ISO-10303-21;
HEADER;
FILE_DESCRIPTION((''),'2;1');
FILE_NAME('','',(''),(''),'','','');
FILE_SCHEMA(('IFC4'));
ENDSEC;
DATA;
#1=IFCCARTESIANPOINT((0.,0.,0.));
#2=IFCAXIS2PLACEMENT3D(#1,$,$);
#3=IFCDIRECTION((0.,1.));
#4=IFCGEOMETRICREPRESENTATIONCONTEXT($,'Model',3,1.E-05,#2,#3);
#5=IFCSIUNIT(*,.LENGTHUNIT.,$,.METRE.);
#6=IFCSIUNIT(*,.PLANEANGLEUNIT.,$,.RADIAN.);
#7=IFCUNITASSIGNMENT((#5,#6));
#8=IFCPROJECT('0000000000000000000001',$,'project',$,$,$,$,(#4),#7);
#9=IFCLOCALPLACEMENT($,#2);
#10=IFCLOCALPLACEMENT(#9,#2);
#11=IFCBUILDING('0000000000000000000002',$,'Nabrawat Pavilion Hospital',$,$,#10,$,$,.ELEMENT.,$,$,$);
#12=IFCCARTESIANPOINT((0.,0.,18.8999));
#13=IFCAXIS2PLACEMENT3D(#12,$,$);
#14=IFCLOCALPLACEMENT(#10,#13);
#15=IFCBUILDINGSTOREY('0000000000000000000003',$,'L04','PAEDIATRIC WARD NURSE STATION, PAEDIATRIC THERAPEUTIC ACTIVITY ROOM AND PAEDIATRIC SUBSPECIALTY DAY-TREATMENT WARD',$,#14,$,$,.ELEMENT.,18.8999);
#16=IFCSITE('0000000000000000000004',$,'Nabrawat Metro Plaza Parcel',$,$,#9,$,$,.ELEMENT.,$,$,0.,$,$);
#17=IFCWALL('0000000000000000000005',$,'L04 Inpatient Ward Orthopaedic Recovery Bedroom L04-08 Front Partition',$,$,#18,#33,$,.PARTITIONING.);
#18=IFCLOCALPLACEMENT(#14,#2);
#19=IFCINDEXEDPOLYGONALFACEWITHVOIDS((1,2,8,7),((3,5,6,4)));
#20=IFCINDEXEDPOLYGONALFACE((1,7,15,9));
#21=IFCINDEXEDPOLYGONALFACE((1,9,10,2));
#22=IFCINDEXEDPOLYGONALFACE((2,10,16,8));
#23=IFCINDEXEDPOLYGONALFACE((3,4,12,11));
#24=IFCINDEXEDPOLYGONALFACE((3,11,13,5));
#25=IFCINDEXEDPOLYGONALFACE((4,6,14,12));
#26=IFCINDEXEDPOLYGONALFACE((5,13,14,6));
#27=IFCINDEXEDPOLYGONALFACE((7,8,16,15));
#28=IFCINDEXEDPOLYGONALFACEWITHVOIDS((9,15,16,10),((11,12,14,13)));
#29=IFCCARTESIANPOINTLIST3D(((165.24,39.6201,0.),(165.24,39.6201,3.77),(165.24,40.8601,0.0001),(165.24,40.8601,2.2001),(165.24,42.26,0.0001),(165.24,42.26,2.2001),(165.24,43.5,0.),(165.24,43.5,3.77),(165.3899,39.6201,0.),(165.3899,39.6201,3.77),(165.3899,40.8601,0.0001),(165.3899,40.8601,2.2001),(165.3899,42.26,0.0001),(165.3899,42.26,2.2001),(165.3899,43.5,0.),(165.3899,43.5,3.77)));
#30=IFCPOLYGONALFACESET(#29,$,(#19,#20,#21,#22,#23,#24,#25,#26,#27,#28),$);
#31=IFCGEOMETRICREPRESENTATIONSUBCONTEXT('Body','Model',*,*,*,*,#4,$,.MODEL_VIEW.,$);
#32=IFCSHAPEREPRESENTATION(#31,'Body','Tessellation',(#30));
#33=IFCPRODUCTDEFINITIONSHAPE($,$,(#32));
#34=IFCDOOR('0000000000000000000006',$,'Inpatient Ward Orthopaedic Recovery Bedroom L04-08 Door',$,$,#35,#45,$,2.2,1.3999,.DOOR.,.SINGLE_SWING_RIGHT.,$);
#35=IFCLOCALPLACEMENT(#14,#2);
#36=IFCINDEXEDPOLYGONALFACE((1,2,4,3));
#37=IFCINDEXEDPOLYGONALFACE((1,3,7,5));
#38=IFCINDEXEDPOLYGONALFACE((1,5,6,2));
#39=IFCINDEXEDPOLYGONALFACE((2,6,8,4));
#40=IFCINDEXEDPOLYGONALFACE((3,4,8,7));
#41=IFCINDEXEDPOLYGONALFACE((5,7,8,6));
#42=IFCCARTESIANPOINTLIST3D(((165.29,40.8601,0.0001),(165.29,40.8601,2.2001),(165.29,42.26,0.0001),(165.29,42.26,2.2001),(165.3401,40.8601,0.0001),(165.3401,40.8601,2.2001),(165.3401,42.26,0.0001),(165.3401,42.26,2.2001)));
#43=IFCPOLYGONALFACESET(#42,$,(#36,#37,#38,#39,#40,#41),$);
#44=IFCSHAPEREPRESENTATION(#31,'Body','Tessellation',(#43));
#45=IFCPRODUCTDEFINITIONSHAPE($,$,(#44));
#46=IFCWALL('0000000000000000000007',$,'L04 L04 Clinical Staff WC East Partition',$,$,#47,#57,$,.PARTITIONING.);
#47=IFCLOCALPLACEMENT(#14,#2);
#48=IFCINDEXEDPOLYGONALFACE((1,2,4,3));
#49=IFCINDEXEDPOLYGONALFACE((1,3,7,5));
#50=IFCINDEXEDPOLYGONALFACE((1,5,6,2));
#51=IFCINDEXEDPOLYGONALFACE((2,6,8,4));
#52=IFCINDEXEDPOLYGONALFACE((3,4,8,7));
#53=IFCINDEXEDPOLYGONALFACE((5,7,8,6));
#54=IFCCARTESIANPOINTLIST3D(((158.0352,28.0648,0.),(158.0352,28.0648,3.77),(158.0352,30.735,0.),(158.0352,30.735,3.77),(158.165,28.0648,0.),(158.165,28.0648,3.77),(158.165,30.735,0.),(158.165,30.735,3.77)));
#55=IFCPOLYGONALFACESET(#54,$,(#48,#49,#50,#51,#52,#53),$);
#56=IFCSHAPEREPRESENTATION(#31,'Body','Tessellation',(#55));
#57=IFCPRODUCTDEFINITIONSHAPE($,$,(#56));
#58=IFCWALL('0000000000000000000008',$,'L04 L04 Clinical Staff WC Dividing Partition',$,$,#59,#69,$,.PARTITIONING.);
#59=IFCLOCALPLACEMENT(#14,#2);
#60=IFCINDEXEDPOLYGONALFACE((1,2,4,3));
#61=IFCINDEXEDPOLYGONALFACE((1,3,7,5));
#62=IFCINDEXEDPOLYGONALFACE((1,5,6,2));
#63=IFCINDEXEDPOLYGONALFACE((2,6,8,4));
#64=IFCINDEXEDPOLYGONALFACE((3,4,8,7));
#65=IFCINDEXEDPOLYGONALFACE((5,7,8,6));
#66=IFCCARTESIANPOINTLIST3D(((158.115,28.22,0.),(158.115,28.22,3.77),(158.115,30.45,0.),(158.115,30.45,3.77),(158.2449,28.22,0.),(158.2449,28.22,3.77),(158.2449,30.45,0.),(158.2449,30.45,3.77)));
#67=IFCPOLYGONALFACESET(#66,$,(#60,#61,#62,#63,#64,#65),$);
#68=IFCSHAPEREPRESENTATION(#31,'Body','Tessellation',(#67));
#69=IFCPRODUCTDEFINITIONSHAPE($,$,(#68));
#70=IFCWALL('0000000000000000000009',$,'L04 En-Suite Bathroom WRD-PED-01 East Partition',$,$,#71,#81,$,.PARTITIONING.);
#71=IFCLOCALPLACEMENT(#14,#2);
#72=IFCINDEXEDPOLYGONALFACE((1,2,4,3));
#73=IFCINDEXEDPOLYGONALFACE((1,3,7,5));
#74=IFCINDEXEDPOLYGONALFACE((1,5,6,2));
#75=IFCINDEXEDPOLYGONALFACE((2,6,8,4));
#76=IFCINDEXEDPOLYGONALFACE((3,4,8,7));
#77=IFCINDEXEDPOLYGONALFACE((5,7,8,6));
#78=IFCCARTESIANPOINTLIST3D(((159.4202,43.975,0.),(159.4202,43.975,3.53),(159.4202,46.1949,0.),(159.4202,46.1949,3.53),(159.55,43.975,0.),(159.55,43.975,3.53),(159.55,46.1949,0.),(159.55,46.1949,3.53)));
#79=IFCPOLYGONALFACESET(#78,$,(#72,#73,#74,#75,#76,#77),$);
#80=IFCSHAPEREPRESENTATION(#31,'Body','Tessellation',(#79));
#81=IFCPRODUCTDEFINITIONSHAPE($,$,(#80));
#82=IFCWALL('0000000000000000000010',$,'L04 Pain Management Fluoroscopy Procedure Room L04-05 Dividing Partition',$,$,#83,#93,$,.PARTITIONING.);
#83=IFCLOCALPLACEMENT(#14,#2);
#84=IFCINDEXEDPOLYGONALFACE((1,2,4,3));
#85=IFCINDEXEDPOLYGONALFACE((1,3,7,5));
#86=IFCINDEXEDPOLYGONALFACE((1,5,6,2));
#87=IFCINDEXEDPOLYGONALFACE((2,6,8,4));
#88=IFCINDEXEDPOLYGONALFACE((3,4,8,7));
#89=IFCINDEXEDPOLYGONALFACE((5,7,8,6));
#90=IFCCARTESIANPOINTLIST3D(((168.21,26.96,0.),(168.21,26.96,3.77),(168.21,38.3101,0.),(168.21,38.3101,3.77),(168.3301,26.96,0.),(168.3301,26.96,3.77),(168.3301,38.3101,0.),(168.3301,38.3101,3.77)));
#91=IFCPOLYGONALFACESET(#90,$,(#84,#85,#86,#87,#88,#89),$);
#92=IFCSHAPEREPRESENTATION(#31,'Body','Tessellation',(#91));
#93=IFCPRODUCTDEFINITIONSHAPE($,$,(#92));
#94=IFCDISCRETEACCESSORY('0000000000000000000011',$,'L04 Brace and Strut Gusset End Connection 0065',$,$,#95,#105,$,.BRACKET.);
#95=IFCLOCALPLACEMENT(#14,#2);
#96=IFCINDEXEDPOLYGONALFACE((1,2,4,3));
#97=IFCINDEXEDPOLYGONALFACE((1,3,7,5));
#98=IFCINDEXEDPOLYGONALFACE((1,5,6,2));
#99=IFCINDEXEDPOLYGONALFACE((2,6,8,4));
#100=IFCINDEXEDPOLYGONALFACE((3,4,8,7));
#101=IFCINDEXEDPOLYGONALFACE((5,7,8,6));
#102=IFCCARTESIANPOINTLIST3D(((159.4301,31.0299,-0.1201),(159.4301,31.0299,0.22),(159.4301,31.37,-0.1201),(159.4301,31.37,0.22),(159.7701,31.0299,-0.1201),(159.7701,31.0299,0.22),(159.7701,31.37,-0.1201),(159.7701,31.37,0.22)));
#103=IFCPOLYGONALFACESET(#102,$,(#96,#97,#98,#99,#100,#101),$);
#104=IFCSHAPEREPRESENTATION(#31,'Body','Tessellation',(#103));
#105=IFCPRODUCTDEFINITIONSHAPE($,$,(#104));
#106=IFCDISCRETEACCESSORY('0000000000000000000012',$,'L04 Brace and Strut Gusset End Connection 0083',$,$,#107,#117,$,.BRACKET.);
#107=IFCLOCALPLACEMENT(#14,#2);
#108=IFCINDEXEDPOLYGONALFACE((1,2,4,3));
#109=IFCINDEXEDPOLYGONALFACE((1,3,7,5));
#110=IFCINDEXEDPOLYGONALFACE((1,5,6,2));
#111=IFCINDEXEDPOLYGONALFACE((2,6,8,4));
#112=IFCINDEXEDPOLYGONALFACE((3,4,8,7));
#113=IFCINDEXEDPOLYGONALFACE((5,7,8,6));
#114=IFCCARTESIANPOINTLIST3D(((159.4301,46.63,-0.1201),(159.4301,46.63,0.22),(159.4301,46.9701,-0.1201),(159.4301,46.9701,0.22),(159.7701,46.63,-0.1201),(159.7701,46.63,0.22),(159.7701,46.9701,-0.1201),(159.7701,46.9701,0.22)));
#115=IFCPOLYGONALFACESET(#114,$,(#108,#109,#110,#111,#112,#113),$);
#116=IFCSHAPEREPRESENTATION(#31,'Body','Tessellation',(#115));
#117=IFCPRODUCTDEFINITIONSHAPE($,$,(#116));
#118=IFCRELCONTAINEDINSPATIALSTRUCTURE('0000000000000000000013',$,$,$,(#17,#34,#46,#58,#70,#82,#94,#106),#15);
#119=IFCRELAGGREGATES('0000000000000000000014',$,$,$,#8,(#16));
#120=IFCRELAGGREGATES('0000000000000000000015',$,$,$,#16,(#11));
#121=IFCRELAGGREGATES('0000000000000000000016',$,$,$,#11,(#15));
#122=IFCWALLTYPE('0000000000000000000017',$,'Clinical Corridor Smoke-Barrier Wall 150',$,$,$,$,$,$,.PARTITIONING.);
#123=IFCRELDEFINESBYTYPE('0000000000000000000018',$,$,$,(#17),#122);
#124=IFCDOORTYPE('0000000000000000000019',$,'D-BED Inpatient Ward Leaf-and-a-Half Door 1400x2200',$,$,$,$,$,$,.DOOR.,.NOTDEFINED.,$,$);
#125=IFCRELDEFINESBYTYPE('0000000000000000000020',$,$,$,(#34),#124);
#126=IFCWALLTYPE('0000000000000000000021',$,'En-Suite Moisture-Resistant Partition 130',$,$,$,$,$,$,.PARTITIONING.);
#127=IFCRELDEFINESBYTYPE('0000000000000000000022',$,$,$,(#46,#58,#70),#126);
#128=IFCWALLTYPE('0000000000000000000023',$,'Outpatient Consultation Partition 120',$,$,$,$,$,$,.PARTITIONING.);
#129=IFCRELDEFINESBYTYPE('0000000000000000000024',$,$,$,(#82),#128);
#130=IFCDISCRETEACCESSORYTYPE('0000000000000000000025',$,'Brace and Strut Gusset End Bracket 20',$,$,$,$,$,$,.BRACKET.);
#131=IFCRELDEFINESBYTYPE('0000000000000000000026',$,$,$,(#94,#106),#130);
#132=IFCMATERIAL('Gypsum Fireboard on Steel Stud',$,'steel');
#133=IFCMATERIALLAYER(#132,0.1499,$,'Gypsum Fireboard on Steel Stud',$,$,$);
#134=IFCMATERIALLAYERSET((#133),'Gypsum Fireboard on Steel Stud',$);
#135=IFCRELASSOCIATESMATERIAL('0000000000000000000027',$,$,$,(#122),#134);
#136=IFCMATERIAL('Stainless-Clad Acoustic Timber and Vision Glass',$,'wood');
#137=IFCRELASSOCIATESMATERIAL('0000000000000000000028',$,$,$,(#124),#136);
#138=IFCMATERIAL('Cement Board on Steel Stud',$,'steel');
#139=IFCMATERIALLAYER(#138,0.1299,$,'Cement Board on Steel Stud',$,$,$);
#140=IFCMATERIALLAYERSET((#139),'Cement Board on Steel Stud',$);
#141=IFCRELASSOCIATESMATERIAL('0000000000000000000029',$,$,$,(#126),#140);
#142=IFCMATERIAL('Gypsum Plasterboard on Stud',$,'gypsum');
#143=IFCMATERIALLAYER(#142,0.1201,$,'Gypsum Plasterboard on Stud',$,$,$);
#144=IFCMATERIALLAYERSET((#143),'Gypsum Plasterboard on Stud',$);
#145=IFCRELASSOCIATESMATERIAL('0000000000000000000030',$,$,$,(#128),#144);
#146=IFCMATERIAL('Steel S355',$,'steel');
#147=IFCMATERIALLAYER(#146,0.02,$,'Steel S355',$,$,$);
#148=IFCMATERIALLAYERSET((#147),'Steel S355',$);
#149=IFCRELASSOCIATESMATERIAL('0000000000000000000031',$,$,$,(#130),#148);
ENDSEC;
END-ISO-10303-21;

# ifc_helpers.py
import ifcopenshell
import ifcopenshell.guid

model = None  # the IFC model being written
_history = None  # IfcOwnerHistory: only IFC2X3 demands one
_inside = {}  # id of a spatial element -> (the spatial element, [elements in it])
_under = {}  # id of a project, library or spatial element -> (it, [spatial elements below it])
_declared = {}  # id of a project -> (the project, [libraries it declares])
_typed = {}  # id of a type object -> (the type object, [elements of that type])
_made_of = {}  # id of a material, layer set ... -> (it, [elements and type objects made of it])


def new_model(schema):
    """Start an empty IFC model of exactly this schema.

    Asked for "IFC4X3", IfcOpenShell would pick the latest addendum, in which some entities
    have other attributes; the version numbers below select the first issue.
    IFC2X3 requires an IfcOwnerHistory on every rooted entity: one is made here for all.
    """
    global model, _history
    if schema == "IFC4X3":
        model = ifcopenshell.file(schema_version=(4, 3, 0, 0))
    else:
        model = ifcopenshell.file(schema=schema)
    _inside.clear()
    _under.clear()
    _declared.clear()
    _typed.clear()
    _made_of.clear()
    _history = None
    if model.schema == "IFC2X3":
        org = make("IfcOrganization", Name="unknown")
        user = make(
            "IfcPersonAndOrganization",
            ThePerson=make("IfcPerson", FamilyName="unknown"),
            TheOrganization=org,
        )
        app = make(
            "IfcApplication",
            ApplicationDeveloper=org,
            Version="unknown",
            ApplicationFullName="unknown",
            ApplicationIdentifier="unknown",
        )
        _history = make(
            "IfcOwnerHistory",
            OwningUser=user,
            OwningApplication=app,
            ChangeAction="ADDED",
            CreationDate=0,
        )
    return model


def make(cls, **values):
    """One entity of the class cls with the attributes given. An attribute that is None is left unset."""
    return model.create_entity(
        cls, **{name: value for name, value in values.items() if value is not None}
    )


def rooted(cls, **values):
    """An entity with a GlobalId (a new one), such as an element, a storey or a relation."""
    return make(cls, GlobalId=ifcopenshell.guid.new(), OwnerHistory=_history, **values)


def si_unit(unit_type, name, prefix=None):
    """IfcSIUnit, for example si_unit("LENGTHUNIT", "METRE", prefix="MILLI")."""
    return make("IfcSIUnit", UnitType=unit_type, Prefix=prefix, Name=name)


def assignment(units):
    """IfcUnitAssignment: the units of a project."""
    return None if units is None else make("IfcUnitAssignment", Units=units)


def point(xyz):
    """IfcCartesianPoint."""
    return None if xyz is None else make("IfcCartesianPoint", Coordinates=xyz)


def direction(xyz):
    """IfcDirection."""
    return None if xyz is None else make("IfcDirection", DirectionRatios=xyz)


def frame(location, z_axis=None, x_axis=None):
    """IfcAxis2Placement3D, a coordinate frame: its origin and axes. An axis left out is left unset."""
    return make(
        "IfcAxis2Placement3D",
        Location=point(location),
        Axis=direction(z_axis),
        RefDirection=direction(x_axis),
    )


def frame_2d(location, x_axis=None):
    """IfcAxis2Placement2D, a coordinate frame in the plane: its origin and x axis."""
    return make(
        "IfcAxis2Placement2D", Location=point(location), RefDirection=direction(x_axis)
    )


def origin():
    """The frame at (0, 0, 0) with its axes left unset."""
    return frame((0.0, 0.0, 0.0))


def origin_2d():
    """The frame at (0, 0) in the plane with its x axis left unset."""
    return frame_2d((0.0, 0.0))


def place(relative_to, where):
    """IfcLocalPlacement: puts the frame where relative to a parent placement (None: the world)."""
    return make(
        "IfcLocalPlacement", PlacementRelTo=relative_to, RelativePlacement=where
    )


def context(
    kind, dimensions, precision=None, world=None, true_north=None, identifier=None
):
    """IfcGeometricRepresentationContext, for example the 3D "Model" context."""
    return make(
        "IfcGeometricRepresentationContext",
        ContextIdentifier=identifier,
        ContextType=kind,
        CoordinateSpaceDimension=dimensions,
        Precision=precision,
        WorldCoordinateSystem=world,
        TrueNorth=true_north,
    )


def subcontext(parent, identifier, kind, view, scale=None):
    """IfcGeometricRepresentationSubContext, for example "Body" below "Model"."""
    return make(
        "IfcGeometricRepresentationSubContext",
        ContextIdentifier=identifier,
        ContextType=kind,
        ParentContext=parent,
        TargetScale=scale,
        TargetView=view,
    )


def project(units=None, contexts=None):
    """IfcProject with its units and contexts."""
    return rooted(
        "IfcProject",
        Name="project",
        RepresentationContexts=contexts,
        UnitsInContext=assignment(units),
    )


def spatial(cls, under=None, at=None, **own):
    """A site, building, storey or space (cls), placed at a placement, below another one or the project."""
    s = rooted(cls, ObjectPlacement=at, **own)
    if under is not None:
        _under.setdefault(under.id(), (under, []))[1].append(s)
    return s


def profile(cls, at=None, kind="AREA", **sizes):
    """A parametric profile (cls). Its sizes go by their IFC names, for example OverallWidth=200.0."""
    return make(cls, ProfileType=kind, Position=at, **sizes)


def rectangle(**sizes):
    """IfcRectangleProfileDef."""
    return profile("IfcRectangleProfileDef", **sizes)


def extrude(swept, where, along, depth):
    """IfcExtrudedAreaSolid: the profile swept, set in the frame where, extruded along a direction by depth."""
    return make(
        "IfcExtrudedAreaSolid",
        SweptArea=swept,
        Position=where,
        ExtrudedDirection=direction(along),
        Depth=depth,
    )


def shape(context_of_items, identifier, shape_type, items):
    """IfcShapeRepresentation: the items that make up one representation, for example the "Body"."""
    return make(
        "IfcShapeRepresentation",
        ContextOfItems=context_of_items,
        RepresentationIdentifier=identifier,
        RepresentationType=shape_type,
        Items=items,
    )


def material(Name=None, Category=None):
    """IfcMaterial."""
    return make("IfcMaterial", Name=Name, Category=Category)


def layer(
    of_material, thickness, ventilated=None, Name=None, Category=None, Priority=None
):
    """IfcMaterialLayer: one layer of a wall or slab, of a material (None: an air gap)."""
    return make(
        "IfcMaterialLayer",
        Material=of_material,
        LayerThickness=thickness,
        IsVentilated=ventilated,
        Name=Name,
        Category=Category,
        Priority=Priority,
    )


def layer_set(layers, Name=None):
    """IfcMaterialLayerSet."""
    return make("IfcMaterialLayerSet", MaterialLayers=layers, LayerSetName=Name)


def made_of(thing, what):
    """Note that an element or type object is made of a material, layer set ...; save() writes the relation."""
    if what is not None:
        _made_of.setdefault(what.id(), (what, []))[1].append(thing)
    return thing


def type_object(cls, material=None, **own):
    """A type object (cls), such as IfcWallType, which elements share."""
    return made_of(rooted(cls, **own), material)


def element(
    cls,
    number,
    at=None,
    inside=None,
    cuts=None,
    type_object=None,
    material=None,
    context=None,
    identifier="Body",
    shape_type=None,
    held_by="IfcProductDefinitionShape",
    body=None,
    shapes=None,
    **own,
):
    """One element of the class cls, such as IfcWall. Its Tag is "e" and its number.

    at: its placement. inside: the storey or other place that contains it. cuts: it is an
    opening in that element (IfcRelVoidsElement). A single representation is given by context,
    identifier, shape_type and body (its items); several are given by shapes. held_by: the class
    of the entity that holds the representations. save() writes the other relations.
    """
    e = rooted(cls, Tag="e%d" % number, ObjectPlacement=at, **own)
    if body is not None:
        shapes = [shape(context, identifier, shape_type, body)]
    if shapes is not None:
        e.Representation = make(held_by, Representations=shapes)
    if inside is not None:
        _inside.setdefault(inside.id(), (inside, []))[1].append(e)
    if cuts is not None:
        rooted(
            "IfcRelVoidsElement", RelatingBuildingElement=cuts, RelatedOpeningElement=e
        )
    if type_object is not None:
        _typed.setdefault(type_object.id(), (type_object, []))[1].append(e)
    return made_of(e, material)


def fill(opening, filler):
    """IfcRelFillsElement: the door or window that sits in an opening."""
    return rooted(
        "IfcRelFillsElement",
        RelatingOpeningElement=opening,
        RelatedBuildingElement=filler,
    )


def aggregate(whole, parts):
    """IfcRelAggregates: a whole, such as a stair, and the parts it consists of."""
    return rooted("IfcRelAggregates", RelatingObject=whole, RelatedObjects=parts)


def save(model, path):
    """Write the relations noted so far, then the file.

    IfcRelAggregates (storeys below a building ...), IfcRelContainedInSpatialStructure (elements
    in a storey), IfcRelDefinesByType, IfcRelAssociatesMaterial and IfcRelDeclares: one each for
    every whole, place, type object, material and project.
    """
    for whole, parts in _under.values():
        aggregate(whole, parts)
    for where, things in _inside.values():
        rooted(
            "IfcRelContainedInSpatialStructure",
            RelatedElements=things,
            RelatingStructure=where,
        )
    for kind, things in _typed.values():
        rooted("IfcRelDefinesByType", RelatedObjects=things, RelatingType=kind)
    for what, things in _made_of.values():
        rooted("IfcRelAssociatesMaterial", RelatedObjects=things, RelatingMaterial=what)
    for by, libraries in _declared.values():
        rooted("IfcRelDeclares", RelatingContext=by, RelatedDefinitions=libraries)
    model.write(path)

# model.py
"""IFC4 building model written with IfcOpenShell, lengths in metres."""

from ifc_helpers import new_model, si_unit, direction, frame, frame_2d, origin, origin_2d, place, context, subcontext, project, spatial, rectangle, extrude, material, layer, layer_set, type_object, element, fill, save


model = new_model("IFC4")

# Units and contexts
model_context = context("Model", 3, precision=1e-05, world=origin(), true_north=direction((0.0, 1.0)))
body_context = subcontext(model_context, "Body", "Model", "MODEL_VIEW")
ifc_project = project(units=[si_unit("LENGTHUNIT", "METRE"), si_unit("PLANEANGLEUNIT", "RADIAN")], contexts=[model_context])

# Site, building, storey
site_placement = place(None, origin())
site = spatial("IfcSite", under=ifc_project, at=site_placement, Name="Nabrawat Metro Plaza Parcel", CompositionType="ELEMENT", RefElevation=0.0)
building_placement = place(site_placement, origin())
building = spatial("IfcBuilding", under=site, at=building_placement, Name="Nabrawat Pavilion Hospital", CompositionType="ELEMENT")
storey_placement = place(building_placement, frame((0.0, 0.0, 18.8999)))
storey = spatial("IfcBuildingStorey", under=building, at=storey_placement, Name="L04", Description="PAEDIATRIC WARD NURSE STATION, PAEDIATRIC THERAPEUTIC ACTIVITY ROOM AND PAEDIATRIC SUBSPECIALTY DAY-TREATMENT WARD", CompositionType="ELEMENT", Elevation=18.8999)

# Shared definitions
ifc_material_1 = material(Name="Steel S355", Category="steel")

# Wall, opening, door
ifc_material_2 = material(Name="Gypsum Fireboard on Steel Stud", Category="steel")
ifc_layer_1 = layer(ifc_material_2, 0.1499, Name="Gypsum Fireboard on Steel Stud")
ifc_layer_set_1 = layer_set([ifc_layer_1], Name="Gypsum Fireboard on Steel Stud")
wall_type_1 = type_object("IfcWallType", Name="Clinical Corridor Smoke-Barrier Wall 150", PredefinedType="PARTITIONING", material=ifc_layer_set_1)
ifc_material_3 = material(Name="Stainless-Clad Acoustic Timber and Vision Glass", Category="wood")
door_type_1 = type_object("IfcDoorType", Name="D-BED Inpatient Ward Leaf-and-a-Half Door 1400x2200", OperationType="NOTDEFINED", PredefinedType="DOOR", material=ifc_material_3)
wall_1_placement = place(storey_placement, frame((165.3149, 39.6201, 0.0), z_axis=(0.0, 0.0, 1.0), x_axis=(0.0, 1.0, 0.0)))
wall_1 = element("IfcWall", 1, at=wall_1_placement, inside=storey, type_object=wall_type_1, Name="L04 Inpatient Ward Orthopaedic Recovery Bedroom L04-08 Front Partition", PredefinedType="PARTITIONING", context=body_context, shape_type="SweptSolid", body=[
    extrude(rectangle(XDim=3.8799, YDim=0.1499, at=frame_2d((1.9399, 0.0))), origin(), (0.0, 0.0, 1.0), 3.77),
])
opening_1_placement = place(wall_1_placement, frame((1.24, 0.0, 0.0)))
opening_1 = element("IfcOpeningElement", 2, at=opening_1_placement, cuts=wall_1, PredefinedType="OPENING", context=body_context, shape_type="SweptSolid", body=[
    extrude(rectangle(XDim=1.3999, YDim=2.2, at=frame_2d((0.7, 1.1001))), frame((0.0, 0.085, 0.0), z_axis=(0.0, -1.0, 0.0), x_axis=(1.0, 0.0, 0.0)), (0.0, 0.0, 1.0), 0.1699),
])
door_1_placement = place(opening_1_placement, origin())
door_1 = element("IfcDoor", 3, at=door_1_placement, inside=storey, type_object=door_type_1, Name="Inpatient Ward Orthopaedic Recovery Bedroom L04-08 Door", OperationType="SINGLE_SWING_RIGHT", OverallHeight=2.2, OverallWidth=1.3999, PredefinedType="DOOR", context=body_context, shape_type="SweptSolid", body=[
    extrude(rectangle(XDim=1.3999, YDim=2.2, at=frame_2d((0.7, 1.1001))), frame((0.0, 0.0249, 0.0), z_axis=(0.0, -1.0, 0.0), x_axis=(1.0, 0.0, 0.0)), (0.0, 0.0, 1.0), 0.05),
])
fill(opening_1, door_1)

# Walls
ifc_material_4 = material(Name="Cement Board on Steel Stud", Category="steel")
ifc_layer_2 = layer(ifc_material_4, 0.1299, Name="Cement Board on Steel Stud")
ifc_layer_set_2 = layer_set([ifc_layer_2], Name="Cement Board on Steel Stud")
wall_type_2 = type_object("IfcWallType", Name="En-Suite Moisture-Resistant Partition 130", PredefinedType="PARTITIONING", material=ifc_layer_set_2)
wall_2_placement = place(storey_placement, frame((158.1001, 28.0649, 0.0), z_axis=(0.0, 0.0, 1.0), x_axis=(0.0, 1.0, 0.0)))
element("IfcWall", 4, at=wall_2_placement, inside=storey, type_object=wall_type_2, Name="L04 L04 Clinical Staff WC East Partition", PredefinedType="PARTITIONING", context=body_context, shape_type="SweptSolid", body=[
    extrude(rectangle(XDim=2.6702, YDim=0.1299, at=frame_2d((1.335, 0.0))), origin(), (0.0, 0.0, 1.0), 3.77),
])
wall_3_placement = place(storey_placement, frame((158.1799, 28.22, 0.0), z_axis=(0.0, 0.0, 1.0), x_axis=(0.0, 1.0, 0.0)))
element("IfcWall", 5, at=wall_3_placement, inside=storey, type_object=wall_type_2, Name="L04 L04 Clinical Staff WC Dividing Partition", PredefinedType="PARTITIONING", context=body_context, shape_type="SweptSolid", body=[
    extrude(rectangle(XDim=2.23, YDim=0.1299, at=frame_2d((1.115, 0.0))), origin(), (0.0, 0.0, 1.0), 3.77),
])
wall_4_placement = place(storey_placement, frame((159.4851, 43.9751, 0.0), z_axis=(0.0, 0.0, 1.0), x_axis=(0.0, 1.0, 0.0)))
element("IfcWall", 6, at=wall_4_placement, inside=storey, type_object=wall_type_2, Name="L04 En-Suite Bathroom WRD-PED-01 East Partition", PredefinedType="PARTITIONING", context=body_context, shape_type="SweptSolid", body=[
    extrude(rectangle(XDim=2.22, YDim=0.1299, at=frame_2d((1.1099, 0.0))), origin(), (0.0, 0.0, 1.0), 3.53),
])
ifc_material_5 = material(Name="Gypsum Plasterboard on Stud", Category="gypsum")
ifc_layer_3 = layer(ifc_material_5, 0.1201, Name="Gypsum Plasterboard on Stud")
ifc_layer_set_3 = layer_set([ifc_layer_3], Name="Gypsum Plasterboard on Stud")
wall_type_3 = type_object("IfcWallType", Name="Outpatient Consultation Partition 120", PredefinedType="PARTITIONING", material=ifc_layer_set_3)
wall_5_placement = place(storey_placement, frame((168.27, 26.96, 0.0), z_axis=(0.0, 0.0, 1.0), x_axis=(0.0, 1.0, 0.0)))
element("IfcWall", 7, at=wall_5_placement, inside=storey, type_object=wall_type_3, Name="L04 Pain Management Fluoroscopy Procedure Room L04-05 Dividing Partition", PredefinedType="PARTITIONING", context=body_context, shape_type="SweptSolid", body=[
    extrude(rectangle(XDim=11.3501, YDim=0.1201, at=frame_2d((5.675, 0.0))), origin(), (0.0, 0.0, 1.0), 3.77),
])

# Discrete accessories
ifc_layer_4 = layer(ifc_material_1, 0.02, Name="Steel S355")
ifc_layer_set_4 = layer_set([ifc_layer_4], Name="Steel S355")
discrete_accessory_type = type_object("IfcDiscreteAccessoryType", Name="Brace and Strut Gusset End Bracket 20", PredefinedType="BRACKET", material=ifc_layer_set_4)
for number, where, z_axis, x_axis, name in (
    (8, (159.6001, 31.2, -0.1201), (0.0, 0.0, 1.0), (1.0, 0.0, 0.0), "L04 Brace and Strut Gusset End Connection 0065"),
    (9, (159.6001, 46.8, -0.1201), (0.0, 0.0, 1.0), (1.0, 0.0, 0.0), "L04 Brace and Strut Gusset End Connection 0083"),
):
    element("IfcDiscreteAccessory", number, at=place(storey_placement, frame(where, z_axis=z_axis, x_axis=x_axis)), inside=storey, type_object=discrete_accessory_type, Name=name, PredefinedType="BRACKET", context=body_context, shape_type="SweptSolid", body=[
        extrude(rectangle(XDim=0.3401, YDim=0.3401, at=origin_2d()), origin(), (0.0, 0.0, 1.0), 0.3401),
    ])

save(model, "model.ifc")
